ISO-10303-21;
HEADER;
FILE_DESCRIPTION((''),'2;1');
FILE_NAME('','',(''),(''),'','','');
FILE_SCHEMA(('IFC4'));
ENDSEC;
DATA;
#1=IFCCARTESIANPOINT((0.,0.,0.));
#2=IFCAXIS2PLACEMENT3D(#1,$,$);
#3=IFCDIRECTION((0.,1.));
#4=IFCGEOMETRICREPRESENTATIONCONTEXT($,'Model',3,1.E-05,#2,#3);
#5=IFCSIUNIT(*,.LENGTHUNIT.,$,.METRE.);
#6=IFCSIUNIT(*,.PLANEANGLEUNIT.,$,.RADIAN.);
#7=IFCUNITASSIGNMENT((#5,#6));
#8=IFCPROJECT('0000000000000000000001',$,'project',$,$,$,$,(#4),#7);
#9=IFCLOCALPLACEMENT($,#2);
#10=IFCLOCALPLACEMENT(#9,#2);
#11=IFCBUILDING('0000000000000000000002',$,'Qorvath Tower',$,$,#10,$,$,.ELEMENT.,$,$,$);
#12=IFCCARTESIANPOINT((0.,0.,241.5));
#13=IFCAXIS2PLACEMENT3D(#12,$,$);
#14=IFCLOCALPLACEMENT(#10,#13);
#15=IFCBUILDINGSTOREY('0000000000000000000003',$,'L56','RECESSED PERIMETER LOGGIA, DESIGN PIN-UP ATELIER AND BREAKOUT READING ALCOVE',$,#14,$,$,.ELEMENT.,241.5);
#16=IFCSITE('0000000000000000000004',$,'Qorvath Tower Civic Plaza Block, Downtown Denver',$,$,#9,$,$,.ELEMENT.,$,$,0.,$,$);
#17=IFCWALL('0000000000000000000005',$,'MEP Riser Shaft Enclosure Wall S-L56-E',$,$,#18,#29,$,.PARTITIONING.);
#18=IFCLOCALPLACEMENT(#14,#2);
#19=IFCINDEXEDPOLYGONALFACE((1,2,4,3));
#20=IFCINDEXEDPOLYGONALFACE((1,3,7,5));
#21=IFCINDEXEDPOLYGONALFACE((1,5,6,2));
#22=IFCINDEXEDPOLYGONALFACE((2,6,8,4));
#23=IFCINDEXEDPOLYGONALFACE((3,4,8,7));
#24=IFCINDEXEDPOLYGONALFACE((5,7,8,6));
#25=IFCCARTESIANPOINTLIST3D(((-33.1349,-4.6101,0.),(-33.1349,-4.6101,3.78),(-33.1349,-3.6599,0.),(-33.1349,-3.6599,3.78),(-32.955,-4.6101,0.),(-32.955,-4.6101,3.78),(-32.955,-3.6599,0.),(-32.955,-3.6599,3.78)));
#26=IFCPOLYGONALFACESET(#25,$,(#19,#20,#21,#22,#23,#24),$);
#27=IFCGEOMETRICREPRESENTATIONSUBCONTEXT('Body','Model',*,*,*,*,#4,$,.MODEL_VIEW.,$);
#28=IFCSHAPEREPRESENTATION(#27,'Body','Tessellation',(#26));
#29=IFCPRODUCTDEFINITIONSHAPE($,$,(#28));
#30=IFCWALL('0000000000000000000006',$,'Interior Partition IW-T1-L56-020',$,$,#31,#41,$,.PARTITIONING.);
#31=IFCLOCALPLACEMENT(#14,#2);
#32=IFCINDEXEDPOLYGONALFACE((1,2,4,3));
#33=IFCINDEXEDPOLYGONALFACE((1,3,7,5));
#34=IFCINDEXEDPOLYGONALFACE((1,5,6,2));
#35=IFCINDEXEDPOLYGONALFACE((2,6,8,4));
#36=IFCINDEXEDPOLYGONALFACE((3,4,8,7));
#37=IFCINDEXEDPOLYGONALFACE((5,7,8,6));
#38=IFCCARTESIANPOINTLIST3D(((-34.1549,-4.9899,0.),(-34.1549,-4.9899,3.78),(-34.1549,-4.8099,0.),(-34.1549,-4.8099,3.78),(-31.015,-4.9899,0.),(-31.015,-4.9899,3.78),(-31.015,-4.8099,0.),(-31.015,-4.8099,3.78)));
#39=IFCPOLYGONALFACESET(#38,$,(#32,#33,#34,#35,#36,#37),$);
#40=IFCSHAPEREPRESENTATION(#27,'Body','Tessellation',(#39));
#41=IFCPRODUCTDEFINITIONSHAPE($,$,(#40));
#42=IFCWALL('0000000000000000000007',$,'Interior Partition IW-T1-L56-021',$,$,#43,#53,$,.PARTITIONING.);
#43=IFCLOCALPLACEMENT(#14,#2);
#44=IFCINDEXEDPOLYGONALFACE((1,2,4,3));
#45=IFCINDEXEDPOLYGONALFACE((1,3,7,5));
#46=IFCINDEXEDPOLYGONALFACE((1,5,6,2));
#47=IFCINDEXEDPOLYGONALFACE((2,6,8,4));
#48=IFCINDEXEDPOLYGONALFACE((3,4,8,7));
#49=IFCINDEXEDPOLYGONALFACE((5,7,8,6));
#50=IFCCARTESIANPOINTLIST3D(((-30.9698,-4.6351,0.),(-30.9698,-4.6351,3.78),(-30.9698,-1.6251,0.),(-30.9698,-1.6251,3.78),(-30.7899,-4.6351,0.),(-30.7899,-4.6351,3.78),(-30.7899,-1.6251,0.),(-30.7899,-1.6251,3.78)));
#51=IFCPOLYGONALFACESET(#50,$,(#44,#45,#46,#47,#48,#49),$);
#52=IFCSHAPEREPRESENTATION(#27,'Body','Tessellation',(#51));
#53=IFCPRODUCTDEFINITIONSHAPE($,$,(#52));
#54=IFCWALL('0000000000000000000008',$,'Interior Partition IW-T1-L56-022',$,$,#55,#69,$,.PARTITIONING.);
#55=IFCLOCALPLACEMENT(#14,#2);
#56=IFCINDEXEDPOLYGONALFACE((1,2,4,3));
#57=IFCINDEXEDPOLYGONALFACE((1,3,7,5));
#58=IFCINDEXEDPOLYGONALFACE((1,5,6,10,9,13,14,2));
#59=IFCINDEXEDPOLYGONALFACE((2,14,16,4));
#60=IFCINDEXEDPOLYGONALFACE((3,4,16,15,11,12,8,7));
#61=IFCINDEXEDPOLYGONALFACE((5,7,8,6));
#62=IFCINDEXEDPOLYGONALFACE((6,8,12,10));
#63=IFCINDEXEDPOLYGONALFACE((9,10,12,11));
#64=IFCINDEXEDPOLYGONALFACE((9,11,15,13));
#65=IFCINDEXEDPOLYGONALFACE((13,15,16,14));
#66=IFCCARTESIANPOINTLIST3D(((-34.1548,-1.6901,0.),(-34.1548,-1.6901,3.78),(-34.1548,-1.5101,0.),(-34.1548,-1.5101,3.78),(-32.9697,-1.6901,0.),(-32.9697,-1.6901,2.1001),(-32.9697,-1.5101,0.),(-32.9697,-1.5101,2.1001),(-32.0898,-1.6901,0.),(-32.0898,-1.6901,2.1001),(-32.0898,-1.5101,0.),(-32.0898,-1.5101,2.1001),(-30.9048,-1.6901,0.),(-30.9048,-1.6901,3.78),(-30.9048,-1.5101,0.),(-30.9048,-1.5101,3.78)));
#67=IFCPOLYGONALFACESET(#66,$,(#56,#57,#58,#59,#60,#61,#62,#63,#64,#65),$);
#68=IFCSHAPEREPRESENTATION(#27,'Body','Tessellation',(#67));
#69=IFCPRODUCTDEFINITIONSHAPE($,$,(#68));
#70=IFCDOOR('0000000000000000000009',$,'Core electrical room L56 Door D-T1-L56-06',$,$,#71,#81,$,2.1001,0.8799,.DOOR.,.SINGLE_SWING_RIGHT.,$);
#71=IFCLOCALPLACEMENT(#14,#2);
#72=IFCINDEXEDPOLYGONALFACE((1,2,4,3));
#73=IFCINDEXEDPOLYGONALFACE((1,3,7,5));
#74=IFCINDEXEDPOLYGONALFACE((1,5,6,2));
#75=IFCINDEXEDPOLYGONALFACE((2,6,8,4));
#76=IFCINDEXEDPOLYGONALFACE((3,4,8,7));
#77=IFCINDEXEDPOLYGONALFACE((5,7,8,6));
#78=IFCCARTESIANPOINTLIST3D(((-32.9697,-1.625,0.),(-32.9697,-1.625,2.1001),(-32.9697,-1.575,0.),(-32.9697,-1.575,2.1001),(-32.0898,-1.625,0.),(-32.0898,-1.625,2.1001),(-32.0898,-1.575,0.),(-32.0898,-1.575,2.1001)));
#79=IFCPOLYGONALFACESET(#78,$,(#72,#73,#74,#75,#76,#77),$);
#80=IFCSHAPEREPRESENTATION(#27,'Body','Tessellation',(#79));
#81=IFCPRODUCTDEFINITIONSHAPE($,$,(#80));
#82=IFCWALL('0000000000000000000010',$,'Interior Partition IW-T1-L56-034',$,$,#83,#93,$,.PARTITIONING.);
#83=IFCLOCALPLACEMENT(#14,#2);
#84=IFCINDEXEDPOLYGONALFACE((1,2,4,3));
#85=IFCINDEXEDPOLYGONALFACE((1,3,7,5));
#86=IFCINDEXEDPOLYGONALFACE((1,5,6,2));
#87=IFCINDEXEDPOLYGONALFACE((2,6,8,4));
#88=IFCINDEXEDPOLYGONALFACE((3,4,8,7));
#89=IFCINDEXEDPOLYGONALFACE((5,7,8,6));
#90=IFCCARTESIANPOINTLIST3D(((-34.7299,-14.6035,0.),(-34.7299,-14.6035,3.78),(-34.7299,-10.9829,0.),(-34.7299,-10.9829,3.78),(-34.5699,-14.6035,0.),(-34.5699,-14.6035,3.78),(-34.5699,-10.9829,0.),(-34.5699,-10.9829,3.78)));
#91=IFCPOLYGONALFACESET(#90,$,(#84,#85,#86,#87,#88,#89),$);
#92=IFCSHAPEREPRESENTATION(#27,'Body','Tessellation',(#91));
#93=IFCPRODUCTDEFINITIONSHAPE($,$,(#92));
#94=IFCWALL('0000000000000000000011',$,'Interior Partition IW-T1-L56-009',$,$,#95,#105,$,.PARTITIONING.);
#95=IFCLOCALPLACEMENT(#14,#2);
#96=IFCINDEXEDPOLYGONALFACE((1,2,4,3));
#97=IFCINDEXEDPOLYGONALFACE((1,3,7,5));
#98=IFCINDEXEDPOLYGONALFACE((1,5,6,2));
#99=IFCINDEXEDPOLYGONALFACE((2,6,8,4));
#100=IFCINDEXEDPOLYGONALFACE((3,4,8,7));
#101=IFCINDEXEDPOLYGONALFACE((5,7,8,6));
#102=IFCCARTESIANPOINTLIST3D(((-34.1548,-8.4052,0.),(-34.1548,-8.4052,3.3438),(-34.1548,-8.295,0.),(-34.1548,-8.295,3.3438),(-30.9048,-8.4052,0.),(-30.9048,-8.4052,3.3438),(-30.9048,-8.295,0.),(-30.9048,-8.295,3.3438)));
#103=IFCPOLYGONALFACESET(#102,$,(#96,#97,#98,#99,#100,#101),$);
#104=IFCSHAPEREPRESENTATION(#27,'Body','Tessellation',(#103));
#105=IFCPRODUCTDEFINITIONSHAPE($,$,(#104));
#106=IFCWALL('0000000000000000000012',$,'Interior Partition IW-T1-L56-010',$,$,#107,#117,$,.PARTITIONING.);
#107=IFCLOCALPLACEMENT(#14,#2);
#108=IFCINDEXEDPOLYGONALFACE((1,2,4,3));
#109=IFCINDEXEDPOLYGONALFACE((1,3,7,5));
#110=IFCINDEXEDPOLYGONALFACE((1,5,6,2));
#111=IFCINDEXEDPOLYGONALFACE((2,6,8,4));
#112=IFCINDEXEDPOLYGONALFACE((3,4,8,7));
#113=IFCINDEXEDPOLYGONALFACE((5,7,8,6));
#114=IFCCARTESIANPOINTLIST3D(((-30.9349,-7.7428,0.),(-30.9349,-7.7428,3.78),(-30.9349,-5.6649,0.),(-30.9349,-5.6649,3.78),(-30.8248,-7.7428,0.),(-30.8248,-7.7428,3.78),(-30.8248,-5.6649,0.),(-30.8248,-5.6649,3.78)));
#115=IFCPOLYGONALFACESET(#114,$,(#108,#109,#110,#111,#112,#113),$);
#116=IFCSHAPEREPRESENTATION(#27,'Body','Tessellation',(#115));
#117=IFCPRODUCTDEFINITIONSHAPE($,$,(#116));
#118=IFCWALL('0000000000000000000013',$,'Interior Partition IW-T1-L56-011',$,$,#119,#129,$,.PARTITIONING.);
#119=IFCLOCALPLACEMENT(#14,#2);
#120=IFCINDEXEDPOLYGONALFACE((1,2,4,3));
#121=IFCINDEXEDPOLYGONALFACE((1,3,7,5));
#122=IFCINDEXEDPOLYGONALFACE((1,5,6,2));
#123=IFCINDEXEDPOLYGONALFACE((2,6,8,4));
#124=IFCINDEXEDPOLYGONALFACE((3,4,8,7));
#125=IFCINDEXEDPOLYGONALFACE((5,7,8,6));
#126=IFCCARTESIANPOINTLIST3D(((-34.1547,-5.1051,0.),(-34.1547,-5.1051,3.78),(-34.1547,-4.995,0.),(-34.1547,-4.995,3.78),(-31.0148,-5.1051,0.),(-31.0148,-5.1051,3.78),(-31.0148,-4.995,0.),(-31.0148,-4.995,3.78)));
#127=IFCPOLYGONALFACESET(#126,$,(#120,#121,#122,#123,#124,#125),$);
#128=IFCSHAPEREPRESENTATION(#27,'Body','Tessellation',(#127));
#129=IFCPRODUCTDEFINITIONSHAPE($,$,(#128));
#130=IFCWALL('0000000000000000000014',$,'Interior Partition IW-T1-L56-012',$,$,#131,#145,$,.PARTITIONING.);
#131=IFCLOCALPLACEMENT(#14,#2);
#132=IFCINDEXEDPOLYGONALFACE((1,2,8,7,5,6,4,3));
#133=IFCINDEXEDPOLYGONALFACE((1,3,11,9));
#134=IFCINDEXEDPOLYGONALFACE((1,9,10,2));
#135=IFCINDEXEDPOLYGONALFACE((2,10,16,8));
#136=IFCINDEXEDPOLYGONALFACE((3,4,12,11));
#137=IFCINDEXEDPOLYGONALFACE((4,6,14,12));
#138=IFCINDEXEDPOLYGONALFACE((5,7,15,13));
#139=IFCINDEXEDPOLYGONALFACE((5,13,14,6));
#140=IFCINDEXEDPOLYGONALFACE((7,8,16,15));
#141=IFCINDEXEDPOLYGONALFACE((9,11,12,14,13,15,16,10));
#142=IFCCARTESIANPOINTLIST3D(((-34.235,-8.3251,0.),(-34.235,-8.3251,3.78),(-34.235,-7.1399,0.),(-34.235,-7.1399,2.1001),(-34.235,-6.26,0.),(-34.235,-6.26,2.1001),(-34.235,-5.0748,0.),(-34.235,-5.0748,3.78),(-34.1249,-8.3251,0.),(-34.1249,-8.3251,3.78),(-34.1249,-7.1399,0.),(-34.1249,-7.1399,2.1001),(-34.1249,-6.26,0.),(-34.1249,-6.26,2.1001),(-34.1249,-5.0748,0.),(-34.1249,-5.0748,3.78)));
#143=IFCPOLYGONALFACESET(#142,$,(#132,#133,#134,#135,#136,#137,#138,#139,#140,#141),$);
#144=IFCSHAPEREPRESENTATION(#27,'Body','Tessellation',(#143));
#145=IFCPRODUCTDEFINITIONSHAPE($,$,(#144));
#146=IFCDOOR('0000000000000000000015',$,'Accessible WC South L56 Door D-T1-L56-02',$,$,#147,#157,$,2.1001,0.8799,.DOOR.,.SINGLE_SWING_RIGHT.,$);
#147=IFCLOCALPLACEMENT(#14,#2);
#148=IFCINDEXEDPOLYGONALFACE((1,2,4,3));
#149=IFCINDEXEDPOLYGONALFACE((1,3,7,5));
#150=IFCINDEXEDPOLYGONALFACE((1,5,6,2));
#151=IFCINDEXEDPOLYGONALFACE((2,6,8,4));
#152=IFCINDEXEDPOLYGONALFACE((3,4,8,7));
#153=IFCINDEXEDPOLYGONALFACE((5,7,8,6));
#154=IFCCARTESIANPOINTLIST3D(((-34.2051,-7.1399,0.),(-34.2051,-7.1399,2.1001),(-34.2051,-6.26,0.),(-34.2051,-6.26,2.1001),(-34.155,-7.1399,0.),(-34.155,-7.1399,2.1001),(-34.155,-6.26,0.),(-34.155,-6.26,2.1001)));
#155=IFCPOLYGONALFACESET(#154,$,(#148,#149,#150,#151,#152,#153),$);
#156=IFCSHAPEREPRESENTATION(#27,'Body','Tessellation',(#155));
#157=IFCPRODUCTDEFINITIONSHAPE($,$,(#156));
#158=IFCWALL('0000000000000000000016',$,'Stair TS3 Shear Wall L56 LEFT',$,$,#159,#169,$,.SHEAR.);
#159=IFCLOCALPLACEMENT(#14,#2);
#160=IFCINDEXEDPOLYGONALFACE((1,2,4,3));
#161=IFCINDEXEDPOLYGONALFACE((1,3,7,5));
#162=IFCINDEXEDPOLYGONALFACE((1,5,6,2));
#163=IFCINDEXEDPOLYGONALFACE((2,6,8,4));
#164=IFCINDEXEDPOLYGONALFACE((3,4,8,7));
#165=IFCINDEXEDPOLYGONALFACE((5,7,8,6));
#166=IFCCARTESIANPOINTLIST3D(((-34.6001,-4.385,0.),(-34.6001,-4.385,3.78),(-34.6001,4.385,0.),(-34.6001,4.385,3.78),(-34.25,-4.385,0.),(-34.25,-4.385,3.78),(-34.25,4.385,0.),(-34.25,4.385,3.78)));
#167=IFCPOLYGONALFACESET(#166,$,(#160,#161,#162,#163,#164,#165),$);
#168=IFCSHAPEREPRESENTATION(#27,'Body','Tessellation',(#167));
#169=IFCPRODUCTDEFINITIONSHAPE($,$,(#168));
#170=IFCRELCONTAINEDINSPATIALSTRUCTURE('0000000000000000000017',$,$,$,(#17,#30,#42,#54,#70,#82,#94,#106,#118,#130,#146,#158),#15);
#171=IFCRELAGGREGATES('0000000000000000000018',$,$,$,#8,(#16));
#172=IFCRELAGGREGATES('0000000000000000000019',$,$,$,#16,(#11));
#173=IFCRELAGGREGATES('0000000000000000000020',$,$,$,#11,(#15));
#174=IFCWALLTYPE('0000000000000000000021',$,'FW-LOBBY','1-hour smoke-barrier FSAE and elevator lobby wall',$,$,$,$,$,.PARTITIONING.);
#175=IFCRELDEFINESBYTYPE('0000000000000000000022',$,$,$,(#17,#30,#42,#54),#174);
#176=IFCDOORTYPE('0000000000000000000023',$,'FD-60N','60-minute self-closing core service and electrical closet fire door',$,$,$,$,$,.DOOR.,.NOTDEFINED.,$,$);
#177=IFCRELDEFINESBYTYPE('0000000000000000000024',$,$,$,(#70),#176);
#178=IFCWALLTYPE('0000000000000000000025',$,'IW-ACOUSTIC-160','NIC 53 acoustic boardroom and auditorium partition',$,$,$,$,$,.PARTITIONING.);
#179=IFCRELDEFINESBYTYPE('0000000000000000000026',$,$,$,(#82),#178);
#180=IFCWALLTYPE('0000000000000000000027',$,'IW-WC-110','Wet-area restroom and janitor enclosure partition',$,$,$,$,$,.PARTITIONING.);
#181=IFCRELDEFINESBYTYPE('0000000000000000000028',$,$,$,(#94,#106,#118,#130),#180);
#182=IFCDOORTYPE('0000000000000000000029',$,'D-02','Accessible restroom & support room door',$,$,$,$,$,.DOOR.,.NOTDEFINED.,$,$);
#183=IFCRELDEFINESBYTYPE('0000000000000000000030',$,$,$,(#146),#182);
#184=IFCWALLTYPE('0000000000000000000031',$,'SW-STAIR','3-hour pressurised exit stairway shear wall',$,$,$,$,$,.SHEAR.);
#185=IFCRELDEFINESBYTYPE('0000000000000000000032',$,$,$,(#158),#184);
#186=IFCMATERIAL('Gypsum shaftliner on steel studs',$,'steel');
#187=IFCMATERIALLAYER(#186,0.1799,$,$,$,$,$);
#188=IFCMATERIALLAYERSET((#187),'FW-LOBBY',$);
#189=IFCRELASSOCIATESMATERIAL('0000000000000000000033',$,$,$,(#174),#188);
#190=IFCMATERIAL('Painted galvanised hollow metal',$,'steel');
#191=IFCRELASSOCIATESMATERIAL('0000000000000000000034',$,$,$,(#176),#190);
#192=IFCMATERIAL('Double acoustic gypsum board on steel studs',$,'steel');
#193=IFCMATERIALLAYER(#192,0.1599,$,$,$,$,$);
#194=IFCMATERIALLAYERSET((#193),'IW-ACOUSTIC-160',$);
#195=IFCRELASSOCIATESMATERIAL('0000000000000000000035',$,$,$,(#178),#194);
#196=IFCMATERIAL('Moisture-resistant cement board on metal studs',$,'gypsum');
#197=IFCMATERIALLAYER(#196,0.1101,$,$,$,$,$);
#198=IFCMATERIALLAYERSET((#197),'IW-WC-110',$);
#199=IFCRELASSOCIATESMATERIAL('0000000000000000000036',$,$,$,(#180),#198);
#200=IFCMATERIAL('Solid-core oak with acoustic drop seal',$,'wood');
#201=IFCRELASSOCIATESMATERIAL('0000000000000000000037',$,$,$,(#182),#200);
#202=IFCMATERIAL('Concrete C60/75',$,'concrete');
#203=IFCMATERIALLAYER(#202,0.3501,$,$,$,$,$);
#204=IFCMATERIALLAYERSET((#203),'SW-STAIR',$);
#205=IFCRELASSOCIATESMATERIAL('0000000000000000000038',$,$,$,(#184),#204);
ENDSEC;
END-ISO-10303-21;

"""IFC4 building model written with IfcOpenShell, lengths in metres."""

from ifc_helpers import new_model, si_unit, direction, frame, frame_2d, origin, place, context, subcontext, project, spatial, rectangle, extrude, material, layer, layer_set, type_object, element, fill, save


model = new_model("IFC4")

# Units and contexts
model_context = context("Model", 3, precision=1e-05, world=origin(), true_north=direction((0.0, 1.0)))
body_context = subcontext(model_context, "Body", "Model", "MODEL_VIEW")
ifc_project = project(units=[si_unit("LENGTHUNIT", "METRE"), si_unit("PLANEANGLEUNIT", "RADIAN")], contexts=[model_context])

# Site, building, storey
site_placement = place(None, origin())
site = spatial("IfcSite", under=ifc_project, at=site_placement, Name="Qorvath Tower Civic Plaza Block, Downtown Denver", CompositionType="ELEMENT", RefElevation=0.0)
building_placement = place(site_placement, origin())
building = spatial("IfcBuilding", under=site, at=building_placement, Name="Qorvath Tower", CompositionType="ELEMENT")
storey_placement = place(building_placement, frame((0.0, 0.0, 241.5)))
storey = spatial("IfcBuildingStorey", under=building, at=storey_placement, Name="L56", Description="RECESSED PERIMETER LOGGIA, DESIGN PIN-UP ATELIER AND BREAKOUT READING ALCOVE", CompositionType="ELEMENT", Elevation=241.5)

# Walls
ifc_material_1 = material(Name="Gypsum shaftliner on steel studs", Category="steel")
ifc_layer_1 = layer(ifc_material_1, 0.1799)
ifc_layer_set_1 = layer_set([ifc_layer_1], Name="FW-LOBBY")
wall_type_1 = type_object("IfcWallType", Name="FW-LOBBY", Description="1-hour smoke-barrier FSAE and elevator lobby wall", PredefinedType="PARTITIONING", material=ifc_layer_set_1)
for number, where, z_axis, x_axis, name in (
    (1, (-33.0449, -3.6599, 0.0), (0.0, 0.0, 1.0), (0.0, -1.0, 0.0), "MEP Riser Shaft Enclosure Wall S-L56-E"),
):
    element("IfcWall", number, at=place(storey_placement, frame(where, z_axis=z_axis, x_axis=x_axis)), inside=storey, type_object=wall_type_1, Name=name, PredefinedType="PARTITIONING", context=body_context, shape_type="SweptSolid", body=[
        extrude(rectangle(XDim=0.9502, YDim=0.1799, at=frame_2d((0.4751, 0.0))), origin(), (0.0, 0.0, 1.0), 3.78),
    ])
wall_1_placement = place(storey_placement, frame((-34.1548, -4.8999, 0.0), z_axis=(0.0, 0.0, 1.0), x_axis=(1.0, 0.0, 0.0)))
element("IfcWall", 2, at=wall_1_placement, inside=storey, type_object=wall_type_1, Name="Interior Partition IW-T1-L56-020", PredefinedType="PARTITIONING", context=body_context, shape_type="SweptSolid", body=[
    extrude(rectangle(XDim=3.1399, YDim=0.1799, at=frame_2d((1.5698, 0.0))), origin(), (0.0, 0.0, 1.0), 3.78),
])
wall_2_placement = place(storey_placement, frame((-30.8799, -4.635, 0.0), z_axis=(0.0, 0.0, 1.0), x_axis=(0.0, 1.0, 0.0)))
element("IfcWall", 3, at=wall_2_placement, inside=storey, type_object=wall_type_1, Name="Interior Partition IW-T1-L56-021", PredefinedType="PARTITIONING", context=body_context, shape_type="SweptSolid", body=[
    extrude(rectangle(XDim=3.01, YDim=0.1799, at=frame_2d((1.5049, 0.0))), origin(), (0.0, 0.0, 1.0), 3.78),
])

# Wall, opening, door
wall_3_placement = place(storey_placement, frame((-30.9048, -1.6001, 0.0), z_axis=(0.0, 0.0, 1.0), x_axis=(-1.0, 0.0, 0.0)))
wall_3 = element("IfcWall", 4, at=wall_3_placement, inside=storey, type_object=wall_type_1, Name="Interior Partition IW-T1-L56-022", PredefinedType="PARTITIONING", context=body_context, shape_type="SweptSolid", body=[
    extrude(rectangle(XDim=3.25, YDim=0.1799, at=frame_2d((1.625, 0.0))), origin(), (0.0, 0.0, 1.0), 3.78),
])
opening_1_placement = place(wall_3_placement, frame((1.1851, 0.0, 0.0)))
opening_1 = element("IfcOpeningElement", 5, at=opening_1_placement, cuts=wall_3, PredefinedType="OPENING", context=body_context, shape_type="SweptSolid", body=[
    extrude(rectangle(XDim=0.8799, YDim=2.1001, at=frame_2d((0.4399, 1.05))), frame((0.0, 0.1001, 0.0), z_axis=(0.0, -1.0, 0.0), x_axis=(1.0, 0.0, 0.0)), (0.0, 0.0, 1.0), 0.2),
])
ifc_material_2 = material(Name="Painted galvanised hollow metal", Category="steel")
door_type_1 = type_object("IfcDoorType", Name="FD-60N", Description="60-minute self-closing core service and electrical closet fire door", OperationType="NOTDEFINED", PredefinedType="DOOR", material=ifc_material_2)
door_1_placement = place(opening_1_placement, origin())
door_1 = element("IfcDoor", 6, at=door_1_placement, inside=storey, type_object=door_type_1, Name="Core electrical room L56 Door D-T1-L56-06", OperationType="SINGLE_SWING_RIGHT", OverallHeight=2.1001, OverallWidth=0.8799, PredefinedType="DOOR", context=body_context, shape_type="SweptSolid", body=[
    extrude(rectangle(XDim=0.8799, YDim=2.1001, at=frame_2d((0.4399, 1.05))), frame((0.0, 0.0249, 0.0), z_axis=(0.0, -1.0, 0.0), x_axis=(1.0, 0.0, 0.0)), (0.0, 0.0, 1.0), 0.05),
])
fill(opening_1, door_1)

# Walls
ifc_material_3 = material(Name="Double acoustic gypsum board on steel studs", Category="steel")
ifc_layer_2 = layer(ifc_material_3, 0.1599)
ifc_layer_set_2 = layer_set([ifc_layer_2], Name="IW-ACOUSTIC-160")
wall_type_2 = type_object("IfcWallType", Name="IW-ACOUSTIC-160", Description="NIC 53 acoustic boardroom and auditorium partition", PredefinedType="PARTITIONING", material=ifc_layer_set_2)
wall_4_placement = place(storey_placement, frame((-34.6499, -10.9829, 0.0), z_axis=(0.0, 0.0, 1.0), x_axis=(0.0, -1.0, 0.0)))
element("IfcWall", 7, at=wall_4_placement, inside=storey, type_object=wall_type_2, Name="Interior Partition IW-T1-L56-034", PredefinedType="PARTITIONING", context=body_context, shape_type="SweptSolid", body=[
    extrude(rectangle(XDim=3.6206, YDim=0.1599, at=frame_2d((1.8103, 0.0))), origin(), (0.0, 0.0, 1.0), 3.78),
])
ifc_material_4 = material(Name="Moisture-resistant cement board on metal studs", Category="gypsum")
ifc_layer_3 = layer(ifc_material_4, 0.1101)
ifc_layer_set_3 = layer_set([ifc_layer_3], Name="IW-WC-110")
wall_type_3 = type_object("IfcWallType", Name="IW-WC-110", Description="Wet-area restroom and janitor enclosure partition", PredefinedType="PARTITIONING", material=ifc_layer_set_3)
wall_5_placement = place(storey_placement, frame((-34.1548, -8.3501, 0.0), z_axis=(0.0, 0.0, 1.0), x_axis=(1.0, 0.0, 0.0)))
element("IfcWall", 8, at=wall_5_placement, inside=storey, type_object=wall_type_3, Name="Interior Partition IW-T1-L56-009", PredefinedType="PARTITIONING", context=body_context, shape_type="SweptSolid", body=[
    extrude(rectangle(XDim=3.25, YDim=0.1101, at=frame_2d((1.625, 0.0))), origin(), (0.0, 0.0, 1.0), 3.3438),
])
wall_6_placement = place(storey_placement, frame((-30.8799, -7.7429, 0.0), z_axis=(0.0, 0.0, 1.0), x_axis=(0.0, 1.0, 0.0)))
element("IfcWall", 9, at=wall_6_placement, inside=storey, type_object=wall_type_3, Name="Interior Partition IW-T1-L56-010", PredefinedType="PARTITIONING", context=body_context, shape_type="SweptSolid", body=[
    extrude(rectangle(XDim=2.0779, YDim=0.1101, at=frame_2d((1.0391, 0.0))), origin(), (0.0, 0.0, 1.0), 3.78),
])
wall_7_placement = place(storey_placement, frame((-31.0149, -5.05, 0.0), z_axis=(0.0, 0.0, 1.0), x_axis=(-1.0, 0.0, 0.0)))
element("IfcWall", 10, at=wall_7_placement, inside=storey, type_object=wall_type_3, Name="Interior Partition IW-T1-L56-011", PredefinedType="PARTITIONING", context=body_context, shape_type="SweptSolid", body=[
    extrude(rectangle(XDim=3.1399, YDim=0.1101, at=frame_2d((1.5698, 0.0))), origin(), (0.0, 0.0, 1.0), 3.78),
])

# Wall, opening, door
wall_8_placement = place(storey_placement, frame((-34.1799, -5.075, 0.0), z_axis=(0.0, 0.0, 1.0), x_axis=(0.0, -1.0, 0.0)))
wall_8 = element("IfcWall", 11, at=wall_8_placement, inside=storey, type_object=wall_type_3, Name="Interior Partition IW-T1-L56-012", PredefinedType="PARTITIONING", context=body_context, shape_type="SweptSolid", body=[
    extrude(rectangle(XDim=3.2502, YDim=0.1101, at=frame_2d((1.625, 0.0))), origin(), (0.0, 0.0, 1.0), 3.78),
])
opening_2_placement = place(wall_8_placement, frame((1.1851, 0.0, 0.0)))
opening_2 = element("IfcOpeningElement", 12, at=opening_2_placement, cuts=wall_8, PredefinedType="OPENING", context=body_context, shape_type="SweptSolid", body=[
    extrude(rectangle(XDim=0.8799, YDim=2.1001, at=frame_2d((0.4399, 1.05))), frame((0.0, 0.0649, 0.0), z_axis=(0.0, -1.0, 0.0), x_axis=(1.0, 0.0, 0.0)), (0.0, 0.0, 1.0), 0.1301),
])
ifc_material_5 = material(Name="Solid-core oak with acoustic drop seal", Category="wood")
door_type_2 = type_object("IfcDoorType", Name="D-02", Description="Accessible restroom & support room door", OperationType="NOTDEFINED", PredefinedType="DOOR", material=ifc_material_5)
door_2_placement = place(opening_2_placement, origin())
door_2 = element("IfcDoor", 13, at=door_2_placement, inside=storey, type_object=door_type_2, Name="Accessible WC South L56 Door D-T1-L56-02", OperationType="SINGLE_SWING_RIGHT", OverallHeight=2.1001, OverallWidth=0.8799, PredefinedType="DOOR", context=body_context, shape_type="SweptSolid", body=[
    extrude(rectangle(XDim=0.8799, YDim=2.1001, at=frame_2d((0.4399, 1.05))), frame((0.0, 0.0249, 0.0), z_axis=(0.0, -1.0, 0.0), x_axis=(1.0, 0.0, 0.0)), (0.0, 0.0, 1.0), 0.05),
])
fill(opening_2, door_2)

# Wall
ifc_material_6 = material(Name="Concrete C60/75", Category="concrete")
ifc_layer_4 = layer(ifc_material_6, 0.3501)
ifc_layer_set_4 = layer_set([ifc_layer_4], Name="SW-STAIR")
wall_type_4 = type_object("IfcWallType", Name="SW-STAIR", Description="3-hour pressurised exit stairway shear wall", PredefinedType="SHEAR", material=ifc_layer_set_4)
wall_9_placement = place(storey_placement, frame((-34.425, -4.385, 0.0), z_axis=(0.0, 0.0, 1.0), x_axis=(0.0, 1.0, 0.0)))
element("IfcWall", 14, at=wall_9_placement, inside=storey, type_object=wall_type_4, Name="Stair TS3 Shear Wall L56 LEFT", PredefinedType="SHEAR", context=body_context, shape_type="SweptSolid", body=[
    extrude(rectangle(XDim=8.77, YDim=0.3501, at=frame_2d((4.385, 0.0))), origin(), (0.0, 0.0, 1.0), 3.78),
])

save(model, "model.ifc")
